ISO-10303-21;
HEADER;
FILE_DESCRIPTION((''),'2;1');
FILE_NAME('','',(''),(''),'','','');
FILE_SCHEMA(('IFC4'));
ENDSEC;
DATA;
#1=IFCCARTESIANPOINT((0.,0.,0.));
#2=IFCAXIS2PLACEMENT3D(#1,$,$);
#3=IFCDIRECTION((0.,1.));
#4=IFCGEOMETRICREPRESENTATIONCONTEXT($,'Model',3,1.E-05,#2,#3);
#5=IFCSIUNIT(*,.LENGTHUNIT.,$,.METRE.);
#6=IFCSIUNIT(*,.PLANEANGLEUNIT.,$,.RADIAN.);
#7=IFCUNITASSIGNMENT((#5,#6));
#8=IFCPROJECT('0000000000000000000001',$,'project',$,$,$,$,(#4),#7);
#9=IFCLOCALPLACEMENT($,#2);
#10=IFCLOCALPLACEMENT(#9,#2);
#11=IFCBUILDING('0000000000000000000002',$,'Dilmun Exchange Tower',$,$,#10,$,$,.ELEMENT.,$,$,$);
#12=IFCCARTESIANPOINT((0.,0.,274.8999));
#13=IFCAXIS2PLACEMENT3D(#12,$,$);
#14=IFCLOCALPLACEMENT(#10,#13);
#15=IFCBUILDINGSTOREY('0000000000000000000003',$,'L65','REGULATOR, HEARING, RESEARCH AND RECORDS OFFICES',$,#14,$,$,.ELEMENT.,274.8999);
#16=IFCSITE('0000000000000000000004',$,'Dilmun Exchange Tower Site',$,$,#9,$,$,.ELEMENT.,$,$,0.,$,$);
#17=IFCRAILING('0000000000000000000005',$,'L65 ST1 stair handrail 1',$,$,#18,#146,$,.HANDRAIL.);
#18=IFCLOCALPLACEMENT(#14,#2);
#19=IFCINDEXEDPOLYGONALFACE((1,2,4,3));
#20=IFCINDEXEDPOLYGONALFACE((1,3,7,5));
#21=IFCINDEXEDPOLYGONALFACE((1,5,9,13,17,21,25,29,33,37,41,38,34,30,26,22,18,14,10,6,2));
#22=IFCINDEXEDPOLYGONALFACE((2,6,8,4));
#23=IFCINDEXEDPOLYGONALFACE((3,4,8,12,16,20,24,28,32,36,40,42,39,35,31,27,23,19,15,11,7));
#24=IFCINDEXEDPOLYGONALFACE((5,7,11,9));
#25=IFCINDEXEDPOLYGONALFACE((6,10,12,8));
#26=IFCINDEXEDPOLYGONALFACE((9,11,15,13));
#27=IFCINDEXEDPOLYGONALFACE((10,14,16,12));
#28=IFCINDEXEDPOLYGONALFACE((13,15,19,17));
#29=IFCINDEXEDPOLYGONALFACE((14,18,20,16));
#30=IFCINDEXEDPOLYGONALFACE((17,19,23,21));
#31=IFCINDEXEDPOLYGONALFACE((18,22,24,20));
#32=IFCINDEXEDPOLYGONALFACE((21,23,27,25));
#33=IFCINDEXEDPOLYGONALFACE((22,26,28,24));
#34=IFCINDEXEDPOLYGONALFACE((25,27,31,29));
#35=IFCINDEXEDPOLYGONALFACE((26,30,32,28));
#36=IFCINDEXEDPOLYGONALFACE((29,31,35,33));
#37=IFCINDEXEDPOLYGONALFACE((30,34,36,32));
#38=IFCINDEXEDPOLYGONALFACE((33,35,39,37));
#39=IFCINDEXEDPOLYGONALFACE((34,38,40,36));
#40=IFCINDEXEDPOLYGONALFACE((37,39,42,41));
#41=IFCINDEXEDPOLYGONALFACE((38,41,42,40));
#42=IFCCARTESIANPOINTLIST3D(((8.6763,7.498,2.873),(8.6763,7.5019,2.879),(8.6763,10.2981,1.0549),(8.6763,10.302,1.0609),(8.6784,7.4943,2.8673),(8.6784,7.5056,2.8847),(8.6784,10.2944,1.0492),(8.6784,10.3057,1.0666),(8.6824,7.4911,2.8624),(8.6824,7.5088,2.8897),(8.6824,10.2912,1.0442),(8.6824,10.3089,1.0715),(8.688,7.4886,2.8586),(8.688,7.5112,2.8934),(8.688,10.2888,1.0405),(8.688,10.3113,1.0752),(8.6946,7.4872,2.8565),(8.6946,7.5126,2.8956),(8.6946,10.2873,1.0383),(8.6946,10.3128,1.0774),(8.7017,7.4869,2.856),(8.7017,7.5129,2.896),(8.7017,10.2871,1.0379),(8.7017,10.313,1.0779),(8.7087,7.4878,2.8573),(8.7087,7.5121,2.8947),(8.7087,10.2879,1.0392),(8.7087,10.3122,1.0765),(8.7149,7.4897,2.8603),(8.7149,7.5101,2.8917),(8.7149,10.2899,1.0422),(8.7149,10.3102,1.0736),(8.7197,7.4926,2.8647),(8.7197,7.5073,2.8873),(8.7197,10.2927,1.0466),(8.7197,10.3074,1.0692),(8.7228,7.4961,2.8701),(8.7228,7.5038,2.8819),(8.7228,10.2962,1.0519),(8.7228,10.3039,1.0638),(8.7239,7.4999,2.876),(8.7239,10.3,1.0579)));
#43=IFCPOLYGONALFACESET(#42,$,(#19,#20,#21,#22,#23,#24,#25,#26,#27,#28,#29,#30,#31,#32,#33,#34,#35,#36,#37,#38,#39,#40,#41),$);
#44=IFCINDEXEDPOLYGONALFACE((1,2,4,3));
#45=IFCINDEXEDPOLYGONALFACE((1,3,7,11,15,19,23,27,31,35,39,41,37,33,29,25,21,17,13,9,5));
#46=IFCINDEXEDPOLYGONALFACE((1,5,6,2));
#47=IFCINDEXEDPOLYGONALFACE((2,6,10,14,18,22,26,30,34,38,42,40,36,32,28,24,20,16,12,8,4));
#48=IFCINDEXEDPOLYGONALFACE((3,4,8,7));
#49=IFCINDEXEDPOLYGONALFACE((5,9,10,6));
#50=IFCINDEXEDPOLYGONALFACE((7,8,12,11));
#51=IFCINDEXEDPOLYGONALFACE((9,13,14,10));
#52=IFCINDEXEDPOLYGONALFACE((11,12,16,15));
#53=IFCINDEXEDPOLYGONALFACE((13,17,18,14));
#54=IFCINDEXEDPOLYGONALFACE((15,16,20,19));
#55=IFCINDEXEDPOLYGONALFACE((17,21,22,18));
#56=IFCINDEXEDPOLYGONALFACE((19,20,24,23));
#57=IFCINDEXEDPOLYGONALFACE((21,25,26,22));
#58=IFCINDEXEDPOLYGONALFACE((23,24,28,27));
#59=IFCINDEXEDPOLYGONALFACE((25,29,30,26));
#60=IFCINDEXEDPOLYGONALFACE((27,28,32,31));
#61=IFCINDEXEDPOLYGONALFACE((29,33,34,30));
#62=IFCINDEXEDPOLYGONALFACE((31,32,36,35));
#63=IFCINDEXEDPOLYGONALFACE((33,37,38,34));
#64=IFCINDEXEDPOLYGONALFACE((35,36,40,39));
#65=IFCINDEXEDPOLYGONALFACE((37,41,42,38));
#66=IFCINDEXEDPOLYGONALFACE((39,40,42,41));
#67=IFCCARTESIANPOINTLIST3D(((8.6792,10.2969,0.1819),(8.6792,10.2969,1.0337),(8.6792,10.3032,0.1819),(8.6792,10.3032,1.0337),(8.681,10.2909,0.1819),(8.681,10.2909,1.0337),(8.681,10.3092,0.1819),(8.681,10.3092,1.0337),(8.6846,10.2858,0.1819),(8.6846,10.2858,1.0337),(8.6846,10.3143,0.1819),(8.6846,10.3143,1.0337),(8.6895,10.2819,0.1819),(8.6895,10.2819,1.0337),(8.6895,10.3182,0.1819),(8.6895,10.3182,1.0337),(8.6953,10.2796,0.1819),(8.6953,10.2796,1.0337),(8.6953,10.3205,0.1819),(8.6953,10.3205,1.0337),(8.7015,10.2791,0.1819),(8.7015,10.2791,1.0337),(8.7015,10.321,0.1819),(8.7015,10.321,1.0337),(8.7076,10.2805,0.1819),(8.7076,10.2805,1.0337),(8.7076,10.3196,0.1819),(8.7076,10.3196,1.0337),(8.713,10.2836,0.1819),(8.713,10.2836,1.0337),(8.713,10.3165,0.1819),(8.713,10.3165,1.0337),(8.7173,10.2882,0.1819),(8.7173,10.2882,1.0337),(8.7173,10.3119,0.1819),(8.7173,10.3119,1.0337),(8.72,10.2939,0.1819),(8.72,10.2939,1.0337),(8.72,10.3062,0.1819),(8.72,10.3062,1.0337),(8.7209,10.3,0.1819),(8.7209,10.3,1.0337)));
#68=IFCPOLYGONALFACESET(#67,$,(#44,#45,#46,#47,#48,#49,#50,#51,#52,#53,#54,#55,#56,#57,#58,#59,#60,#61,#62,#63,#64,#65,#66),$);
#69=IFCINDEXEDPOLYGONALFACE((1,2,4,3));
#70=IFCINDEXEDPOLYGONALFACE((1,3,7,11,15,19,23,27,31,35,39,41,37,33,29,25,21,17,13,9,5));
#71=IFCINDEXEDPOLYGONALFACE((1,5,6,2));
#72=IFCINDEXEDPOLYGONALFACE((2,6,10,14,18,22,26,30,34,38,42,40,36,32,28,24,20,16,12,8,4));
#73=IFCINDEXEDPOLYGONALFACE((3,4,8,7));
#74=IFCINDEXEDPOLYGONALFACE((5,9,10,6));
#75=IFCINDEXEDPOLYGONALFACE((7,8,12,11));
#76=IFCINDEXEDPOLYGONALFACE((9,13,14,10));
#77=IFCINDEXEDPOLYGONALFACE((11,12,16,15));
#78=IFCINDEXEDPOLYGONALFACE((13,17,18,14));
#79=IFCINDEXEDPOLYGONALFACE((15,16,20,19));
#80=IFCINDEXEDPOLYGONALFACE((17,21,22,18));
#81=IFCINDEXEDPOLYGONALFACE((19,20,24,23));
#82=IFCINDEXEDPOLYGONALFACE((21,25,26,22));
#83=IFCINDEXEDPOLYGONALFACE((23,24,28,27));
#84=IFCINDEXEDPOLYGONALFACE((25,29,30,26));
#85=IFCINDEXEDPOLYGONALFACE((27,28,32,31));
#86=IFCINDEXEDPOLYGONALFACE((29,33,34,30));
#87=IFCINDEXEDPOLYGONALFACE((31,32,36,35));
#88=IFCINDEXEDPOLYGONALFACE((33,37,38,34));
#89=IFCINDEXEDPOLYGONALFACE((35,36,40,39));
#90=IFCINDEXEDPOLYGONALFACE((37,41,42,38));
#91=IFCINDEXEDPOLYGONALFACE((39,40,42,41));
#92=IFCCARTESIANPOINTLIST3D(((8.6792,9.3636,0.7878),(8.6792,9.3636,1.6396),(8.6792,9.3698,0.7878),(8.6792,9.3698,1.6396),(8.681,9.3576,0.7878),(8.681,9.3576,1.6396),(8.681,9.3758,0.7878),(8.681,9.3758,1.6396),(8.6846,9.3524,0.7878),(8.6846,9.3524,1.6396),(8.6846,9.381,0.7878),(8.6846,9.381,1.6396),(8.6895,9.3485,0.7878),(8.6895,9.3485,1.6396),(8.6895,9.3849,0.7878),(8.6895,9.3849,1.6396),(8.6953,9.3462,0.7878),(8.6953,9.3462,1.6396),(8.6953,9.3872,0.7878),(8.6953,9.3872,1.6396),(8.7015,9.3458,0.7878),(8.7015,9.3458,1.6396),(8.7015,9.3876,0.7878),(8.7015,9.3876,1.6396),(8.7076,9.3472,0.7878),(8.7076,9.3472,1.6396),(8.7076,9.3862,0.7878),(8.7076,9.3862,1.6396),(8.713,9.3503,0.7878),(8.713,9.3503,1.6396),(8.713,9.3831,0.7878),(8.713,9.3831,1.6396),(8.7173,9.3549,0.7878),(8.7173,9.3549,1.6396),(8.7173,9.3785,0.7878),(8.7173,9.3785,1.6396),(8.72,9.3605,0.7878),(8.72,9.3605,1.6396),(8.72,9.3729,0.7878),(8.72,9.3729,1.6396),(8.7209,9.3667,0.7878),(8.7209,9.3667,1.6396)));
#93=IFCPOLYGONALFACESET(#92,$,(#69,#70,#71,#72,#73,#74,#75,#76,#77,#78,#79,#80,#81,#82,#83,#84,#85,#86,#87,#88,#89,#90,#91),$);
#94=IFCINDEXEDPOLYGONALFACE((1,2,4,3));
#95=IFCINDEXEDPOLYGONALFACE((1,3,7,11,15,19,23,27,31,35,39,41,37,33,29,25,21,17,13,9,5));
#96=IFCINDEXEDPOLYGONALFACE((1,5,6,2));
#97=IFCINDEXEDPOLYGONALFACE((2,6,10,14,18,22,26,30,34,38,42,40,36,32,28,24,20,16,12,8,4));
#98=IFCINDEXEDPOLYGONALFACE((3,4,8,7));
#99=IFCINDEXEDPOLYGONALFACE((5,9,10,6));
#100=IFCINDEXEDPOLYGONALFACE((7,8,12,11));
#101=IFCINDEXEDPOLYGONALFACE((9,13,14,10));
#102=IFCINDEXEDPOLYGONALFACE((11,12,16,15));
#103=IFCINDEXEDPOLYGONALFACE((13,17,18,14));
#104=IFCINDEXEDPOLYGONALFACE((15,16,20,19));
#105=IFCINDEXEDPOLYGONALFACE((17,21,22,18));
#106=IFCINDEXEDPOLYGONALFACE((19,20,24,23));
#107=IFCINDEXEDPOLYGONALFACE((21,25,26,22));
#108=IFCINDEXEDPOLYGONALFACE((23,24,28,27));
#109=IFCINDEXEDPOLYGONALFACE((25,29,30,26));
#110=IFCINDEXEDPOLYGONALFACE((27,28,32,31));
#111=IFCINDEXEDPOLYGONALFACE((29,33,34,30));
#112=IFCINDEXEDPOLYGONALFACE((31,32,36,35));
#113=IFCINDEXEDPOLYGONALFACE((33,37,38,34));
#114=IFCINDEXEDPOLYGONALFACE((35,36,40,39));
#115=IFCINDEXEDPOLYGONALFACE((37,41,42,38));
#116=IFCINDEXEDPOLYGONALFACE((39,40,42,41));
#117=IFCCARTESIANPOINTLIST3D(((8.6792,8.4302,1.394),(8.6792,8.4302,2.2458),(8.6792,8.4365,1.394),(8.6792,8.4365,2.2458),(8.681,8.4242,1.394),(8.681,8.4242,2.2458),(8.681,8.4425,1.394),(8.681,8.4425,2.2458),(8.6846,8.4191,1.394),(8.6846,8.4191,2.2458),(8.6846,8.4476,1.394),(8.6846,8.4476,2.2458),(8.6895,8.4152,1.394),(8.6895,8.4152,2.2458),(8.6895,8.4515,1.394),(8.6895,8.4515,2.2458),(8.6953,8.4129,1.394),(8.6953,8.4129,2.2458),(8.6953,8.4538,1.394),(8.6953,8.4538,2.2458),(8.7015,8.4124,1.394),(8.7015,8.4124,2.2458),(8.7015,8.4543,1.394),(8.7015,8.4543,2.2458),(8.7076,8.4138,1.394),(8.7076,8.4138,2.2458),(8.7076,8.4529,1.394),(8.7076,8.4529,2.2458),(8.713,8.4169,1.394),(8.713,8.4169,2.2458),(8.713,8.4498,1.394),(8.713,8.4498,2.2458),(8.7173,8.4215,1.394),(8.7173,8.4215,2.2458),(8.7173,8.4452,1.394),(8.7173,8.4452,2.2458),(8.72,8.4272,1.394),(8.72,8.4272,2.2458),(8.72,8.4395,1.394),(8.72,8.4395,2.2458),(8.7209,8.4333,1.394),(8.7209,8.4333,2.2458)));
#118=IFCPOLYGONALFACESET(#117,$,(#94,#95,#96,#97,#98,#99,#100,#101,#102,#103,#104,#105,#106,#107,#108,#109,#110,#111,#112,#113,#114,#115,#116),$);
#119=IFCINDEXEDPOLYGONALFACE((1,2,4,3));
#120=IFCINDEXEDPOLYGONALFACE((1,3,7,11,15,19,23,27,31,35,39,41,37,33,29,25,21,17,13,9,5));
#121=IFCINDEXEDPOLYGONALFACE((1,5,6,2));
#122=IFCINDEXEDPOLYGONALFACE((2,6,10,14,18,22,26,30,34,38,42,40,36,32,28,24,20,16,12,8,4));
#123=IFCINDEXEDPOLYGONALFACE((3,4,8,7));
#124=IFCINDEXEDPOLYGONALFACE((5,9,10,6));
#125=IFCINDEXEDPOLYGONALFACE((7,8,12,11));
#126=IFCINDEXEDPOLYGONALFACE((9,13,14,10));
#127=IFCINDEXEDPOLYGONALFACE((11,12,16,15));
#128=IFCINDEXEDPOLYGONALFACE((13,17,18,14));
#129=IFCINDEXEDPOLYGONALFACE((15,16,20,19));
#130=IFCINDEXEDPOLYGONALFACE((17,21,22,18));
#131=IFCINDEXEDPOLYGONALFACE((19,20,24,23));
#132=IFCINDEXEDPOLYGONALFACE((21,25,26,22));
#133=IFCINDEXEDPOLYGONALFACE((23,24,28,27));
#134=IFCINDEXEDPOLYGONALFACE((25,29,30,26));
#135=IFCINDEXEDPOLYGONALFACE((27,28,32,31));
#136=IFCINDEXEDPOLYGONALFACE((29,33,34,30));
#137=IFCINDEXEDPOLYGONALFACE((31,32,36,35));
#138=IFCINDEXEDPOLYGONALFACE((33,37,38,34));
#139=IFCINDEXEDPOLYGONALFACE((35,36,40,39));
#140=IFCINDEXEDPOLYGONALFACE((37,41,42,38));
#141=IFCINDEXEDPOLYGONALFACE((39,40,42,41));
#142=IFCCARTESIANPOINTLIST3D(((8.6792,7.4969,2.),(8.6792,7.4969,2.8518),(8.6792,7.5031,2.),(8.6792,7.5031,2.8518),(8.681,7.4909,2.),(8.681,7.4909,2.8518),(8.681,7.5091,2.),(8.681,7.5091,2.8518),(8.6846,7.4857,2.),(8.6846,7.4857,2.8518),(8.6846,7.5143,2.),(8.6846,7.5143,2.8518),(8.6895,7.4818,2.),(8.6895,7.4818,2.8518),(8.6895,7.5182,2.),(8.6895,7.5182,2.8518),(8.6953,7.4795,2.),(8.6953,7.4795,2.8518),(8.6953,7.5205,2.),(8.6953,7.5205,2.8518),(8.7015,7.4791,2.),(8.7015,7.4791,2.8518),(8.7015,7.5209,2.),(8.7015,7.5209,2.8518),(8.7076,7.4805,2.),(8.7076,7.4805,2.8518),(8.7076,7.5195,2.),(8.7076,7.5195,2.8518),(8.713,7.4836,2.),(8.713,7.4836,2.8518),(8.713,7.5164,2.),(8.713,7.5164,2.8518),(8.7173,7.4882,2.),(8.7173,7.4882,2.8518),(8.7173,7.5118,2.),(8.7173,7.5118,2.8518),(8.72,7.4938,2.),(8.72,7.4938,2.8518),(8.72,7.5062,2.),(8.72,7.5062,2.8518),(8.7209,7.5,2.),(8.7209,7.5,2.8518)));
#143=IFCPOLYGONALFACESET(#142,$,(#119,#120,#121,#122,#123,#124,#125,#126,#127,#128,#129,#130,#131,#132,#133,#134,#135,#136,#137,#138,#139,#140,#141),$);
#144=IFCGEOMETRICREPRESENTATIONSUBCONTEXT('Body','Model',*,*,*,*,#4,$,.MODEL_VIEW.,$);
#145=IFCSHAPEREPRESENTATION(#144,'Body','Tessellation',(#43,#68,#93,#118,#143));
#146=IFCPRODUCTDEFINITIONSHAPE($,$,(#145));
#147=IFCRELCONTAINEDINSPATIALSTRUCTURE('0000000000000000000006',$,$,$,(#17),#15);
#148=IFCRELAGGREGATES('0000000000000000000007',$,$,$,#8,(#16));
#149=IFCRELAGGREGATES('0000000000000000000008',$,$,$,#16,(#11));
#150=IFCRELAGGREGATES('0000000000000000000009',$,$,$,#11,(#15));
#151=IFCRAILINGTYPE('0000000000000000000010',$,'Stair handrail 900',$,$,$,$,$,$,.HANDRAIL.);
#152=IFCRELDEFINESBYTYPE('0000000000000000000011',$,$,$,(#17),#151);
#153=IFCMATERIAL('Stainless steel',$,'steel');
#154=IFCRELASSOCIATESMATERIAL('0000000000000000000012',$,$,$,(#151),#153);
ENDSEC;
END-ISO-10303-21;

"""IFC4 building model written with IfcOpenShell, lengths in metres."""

from ifc_helpers import new_model, si_unit, direction, frame, origin, origin_2d, place, context, subcontext, project, spatial, circle, extrude, material, type_object, element, save


model = new_model("IFC4")

# Units and contexts
model_context = context("Model", 3, precision=1e-05, world=origin(), true_north=direction((0.0, 1.0)))
body_context = subcontext(model_context, "Body", "Model", "MODEL_VIEW")
ifc_project = project(units=[si_unit("LENGTHUNIT", "METRE"), si_unit("PLANEANGLEUNIT", "RADIAN")], contexts=[model_context])

# Site, building, storey
site_placement = place(None, origin())
site = spatial("IfcSite", under=ifc_project, at=site_placement, Name="Dilmun Exchange Tower Site", CompositionType="ELEMENT", RefElevation=0.0)
building_placement = place(site_placement, origin())
building = spatial("IfcBuilding", under=site, at=building_placement, Name="Dilmun Exchange Tower", CompositionType="ELEMENT")
storey_placement = place(building_placement, frame((0.0, 0.0, 274.8999)))
storey = spatial("IfcBuildingStorey", under=building, at=storey_placement, Name="L65", Description="REGULATOR, HEARING, RESEARCH AND RECORDS OFFICES", CompositionType="ELEMENT", Elevation=274.8999)

# Railing
ifc_material_1 = material(Name="Stainless steel", Category="steel")
railing_type = type_object("IfcRailingType", Name="Stair handrail 900", PredefinedType="HANDRAIL", material=ifc_material_1)
railing_placement = place(storey_placement, frame((8.7, 10.3, 0.1819)))
element("IfcRailing", 1, at=railing_placement, inside=storey, type_object=railing_type, Name="L65 ST1 stair handrail 1", PredefinedType="HANDRAIL", context=body_context, shape_type="SweptSolid", body=[
    extrude(circle(Radius=0.0239, at=origin_2d()), frame((0.0, 0.0, 0.876), z_axis=(0.0, -0.838706, 0.544585), x_axis=(1.0, 0.0, 0.0)), (0.0, 0.0, 1.0), 3.3386),
    extrude(circle(Radius=0.021, at=origin_2d()), origin(), (0.0, 0.0, 1.0), 0.8518),
    extrude(circle(Radius=0.021, at=origin_2d()), frame((0.0, -0.9333, 0.606)), (0.0, 0.0, 1.0), 0.8518),
    extrude(circle(Radius=0.021, at=origin_2d()), frame((0.0, -1.8667, 1.2122)), (0.0, 0.0, 1.0), 0.8518),
    extrude(circle(Radius=0.021, at=origin_2d()), frame((0.0, -2.8, 1.8181)), (0.0, 0.0, 1.0), 0.8518),
])

save(model, "model.ifc")
